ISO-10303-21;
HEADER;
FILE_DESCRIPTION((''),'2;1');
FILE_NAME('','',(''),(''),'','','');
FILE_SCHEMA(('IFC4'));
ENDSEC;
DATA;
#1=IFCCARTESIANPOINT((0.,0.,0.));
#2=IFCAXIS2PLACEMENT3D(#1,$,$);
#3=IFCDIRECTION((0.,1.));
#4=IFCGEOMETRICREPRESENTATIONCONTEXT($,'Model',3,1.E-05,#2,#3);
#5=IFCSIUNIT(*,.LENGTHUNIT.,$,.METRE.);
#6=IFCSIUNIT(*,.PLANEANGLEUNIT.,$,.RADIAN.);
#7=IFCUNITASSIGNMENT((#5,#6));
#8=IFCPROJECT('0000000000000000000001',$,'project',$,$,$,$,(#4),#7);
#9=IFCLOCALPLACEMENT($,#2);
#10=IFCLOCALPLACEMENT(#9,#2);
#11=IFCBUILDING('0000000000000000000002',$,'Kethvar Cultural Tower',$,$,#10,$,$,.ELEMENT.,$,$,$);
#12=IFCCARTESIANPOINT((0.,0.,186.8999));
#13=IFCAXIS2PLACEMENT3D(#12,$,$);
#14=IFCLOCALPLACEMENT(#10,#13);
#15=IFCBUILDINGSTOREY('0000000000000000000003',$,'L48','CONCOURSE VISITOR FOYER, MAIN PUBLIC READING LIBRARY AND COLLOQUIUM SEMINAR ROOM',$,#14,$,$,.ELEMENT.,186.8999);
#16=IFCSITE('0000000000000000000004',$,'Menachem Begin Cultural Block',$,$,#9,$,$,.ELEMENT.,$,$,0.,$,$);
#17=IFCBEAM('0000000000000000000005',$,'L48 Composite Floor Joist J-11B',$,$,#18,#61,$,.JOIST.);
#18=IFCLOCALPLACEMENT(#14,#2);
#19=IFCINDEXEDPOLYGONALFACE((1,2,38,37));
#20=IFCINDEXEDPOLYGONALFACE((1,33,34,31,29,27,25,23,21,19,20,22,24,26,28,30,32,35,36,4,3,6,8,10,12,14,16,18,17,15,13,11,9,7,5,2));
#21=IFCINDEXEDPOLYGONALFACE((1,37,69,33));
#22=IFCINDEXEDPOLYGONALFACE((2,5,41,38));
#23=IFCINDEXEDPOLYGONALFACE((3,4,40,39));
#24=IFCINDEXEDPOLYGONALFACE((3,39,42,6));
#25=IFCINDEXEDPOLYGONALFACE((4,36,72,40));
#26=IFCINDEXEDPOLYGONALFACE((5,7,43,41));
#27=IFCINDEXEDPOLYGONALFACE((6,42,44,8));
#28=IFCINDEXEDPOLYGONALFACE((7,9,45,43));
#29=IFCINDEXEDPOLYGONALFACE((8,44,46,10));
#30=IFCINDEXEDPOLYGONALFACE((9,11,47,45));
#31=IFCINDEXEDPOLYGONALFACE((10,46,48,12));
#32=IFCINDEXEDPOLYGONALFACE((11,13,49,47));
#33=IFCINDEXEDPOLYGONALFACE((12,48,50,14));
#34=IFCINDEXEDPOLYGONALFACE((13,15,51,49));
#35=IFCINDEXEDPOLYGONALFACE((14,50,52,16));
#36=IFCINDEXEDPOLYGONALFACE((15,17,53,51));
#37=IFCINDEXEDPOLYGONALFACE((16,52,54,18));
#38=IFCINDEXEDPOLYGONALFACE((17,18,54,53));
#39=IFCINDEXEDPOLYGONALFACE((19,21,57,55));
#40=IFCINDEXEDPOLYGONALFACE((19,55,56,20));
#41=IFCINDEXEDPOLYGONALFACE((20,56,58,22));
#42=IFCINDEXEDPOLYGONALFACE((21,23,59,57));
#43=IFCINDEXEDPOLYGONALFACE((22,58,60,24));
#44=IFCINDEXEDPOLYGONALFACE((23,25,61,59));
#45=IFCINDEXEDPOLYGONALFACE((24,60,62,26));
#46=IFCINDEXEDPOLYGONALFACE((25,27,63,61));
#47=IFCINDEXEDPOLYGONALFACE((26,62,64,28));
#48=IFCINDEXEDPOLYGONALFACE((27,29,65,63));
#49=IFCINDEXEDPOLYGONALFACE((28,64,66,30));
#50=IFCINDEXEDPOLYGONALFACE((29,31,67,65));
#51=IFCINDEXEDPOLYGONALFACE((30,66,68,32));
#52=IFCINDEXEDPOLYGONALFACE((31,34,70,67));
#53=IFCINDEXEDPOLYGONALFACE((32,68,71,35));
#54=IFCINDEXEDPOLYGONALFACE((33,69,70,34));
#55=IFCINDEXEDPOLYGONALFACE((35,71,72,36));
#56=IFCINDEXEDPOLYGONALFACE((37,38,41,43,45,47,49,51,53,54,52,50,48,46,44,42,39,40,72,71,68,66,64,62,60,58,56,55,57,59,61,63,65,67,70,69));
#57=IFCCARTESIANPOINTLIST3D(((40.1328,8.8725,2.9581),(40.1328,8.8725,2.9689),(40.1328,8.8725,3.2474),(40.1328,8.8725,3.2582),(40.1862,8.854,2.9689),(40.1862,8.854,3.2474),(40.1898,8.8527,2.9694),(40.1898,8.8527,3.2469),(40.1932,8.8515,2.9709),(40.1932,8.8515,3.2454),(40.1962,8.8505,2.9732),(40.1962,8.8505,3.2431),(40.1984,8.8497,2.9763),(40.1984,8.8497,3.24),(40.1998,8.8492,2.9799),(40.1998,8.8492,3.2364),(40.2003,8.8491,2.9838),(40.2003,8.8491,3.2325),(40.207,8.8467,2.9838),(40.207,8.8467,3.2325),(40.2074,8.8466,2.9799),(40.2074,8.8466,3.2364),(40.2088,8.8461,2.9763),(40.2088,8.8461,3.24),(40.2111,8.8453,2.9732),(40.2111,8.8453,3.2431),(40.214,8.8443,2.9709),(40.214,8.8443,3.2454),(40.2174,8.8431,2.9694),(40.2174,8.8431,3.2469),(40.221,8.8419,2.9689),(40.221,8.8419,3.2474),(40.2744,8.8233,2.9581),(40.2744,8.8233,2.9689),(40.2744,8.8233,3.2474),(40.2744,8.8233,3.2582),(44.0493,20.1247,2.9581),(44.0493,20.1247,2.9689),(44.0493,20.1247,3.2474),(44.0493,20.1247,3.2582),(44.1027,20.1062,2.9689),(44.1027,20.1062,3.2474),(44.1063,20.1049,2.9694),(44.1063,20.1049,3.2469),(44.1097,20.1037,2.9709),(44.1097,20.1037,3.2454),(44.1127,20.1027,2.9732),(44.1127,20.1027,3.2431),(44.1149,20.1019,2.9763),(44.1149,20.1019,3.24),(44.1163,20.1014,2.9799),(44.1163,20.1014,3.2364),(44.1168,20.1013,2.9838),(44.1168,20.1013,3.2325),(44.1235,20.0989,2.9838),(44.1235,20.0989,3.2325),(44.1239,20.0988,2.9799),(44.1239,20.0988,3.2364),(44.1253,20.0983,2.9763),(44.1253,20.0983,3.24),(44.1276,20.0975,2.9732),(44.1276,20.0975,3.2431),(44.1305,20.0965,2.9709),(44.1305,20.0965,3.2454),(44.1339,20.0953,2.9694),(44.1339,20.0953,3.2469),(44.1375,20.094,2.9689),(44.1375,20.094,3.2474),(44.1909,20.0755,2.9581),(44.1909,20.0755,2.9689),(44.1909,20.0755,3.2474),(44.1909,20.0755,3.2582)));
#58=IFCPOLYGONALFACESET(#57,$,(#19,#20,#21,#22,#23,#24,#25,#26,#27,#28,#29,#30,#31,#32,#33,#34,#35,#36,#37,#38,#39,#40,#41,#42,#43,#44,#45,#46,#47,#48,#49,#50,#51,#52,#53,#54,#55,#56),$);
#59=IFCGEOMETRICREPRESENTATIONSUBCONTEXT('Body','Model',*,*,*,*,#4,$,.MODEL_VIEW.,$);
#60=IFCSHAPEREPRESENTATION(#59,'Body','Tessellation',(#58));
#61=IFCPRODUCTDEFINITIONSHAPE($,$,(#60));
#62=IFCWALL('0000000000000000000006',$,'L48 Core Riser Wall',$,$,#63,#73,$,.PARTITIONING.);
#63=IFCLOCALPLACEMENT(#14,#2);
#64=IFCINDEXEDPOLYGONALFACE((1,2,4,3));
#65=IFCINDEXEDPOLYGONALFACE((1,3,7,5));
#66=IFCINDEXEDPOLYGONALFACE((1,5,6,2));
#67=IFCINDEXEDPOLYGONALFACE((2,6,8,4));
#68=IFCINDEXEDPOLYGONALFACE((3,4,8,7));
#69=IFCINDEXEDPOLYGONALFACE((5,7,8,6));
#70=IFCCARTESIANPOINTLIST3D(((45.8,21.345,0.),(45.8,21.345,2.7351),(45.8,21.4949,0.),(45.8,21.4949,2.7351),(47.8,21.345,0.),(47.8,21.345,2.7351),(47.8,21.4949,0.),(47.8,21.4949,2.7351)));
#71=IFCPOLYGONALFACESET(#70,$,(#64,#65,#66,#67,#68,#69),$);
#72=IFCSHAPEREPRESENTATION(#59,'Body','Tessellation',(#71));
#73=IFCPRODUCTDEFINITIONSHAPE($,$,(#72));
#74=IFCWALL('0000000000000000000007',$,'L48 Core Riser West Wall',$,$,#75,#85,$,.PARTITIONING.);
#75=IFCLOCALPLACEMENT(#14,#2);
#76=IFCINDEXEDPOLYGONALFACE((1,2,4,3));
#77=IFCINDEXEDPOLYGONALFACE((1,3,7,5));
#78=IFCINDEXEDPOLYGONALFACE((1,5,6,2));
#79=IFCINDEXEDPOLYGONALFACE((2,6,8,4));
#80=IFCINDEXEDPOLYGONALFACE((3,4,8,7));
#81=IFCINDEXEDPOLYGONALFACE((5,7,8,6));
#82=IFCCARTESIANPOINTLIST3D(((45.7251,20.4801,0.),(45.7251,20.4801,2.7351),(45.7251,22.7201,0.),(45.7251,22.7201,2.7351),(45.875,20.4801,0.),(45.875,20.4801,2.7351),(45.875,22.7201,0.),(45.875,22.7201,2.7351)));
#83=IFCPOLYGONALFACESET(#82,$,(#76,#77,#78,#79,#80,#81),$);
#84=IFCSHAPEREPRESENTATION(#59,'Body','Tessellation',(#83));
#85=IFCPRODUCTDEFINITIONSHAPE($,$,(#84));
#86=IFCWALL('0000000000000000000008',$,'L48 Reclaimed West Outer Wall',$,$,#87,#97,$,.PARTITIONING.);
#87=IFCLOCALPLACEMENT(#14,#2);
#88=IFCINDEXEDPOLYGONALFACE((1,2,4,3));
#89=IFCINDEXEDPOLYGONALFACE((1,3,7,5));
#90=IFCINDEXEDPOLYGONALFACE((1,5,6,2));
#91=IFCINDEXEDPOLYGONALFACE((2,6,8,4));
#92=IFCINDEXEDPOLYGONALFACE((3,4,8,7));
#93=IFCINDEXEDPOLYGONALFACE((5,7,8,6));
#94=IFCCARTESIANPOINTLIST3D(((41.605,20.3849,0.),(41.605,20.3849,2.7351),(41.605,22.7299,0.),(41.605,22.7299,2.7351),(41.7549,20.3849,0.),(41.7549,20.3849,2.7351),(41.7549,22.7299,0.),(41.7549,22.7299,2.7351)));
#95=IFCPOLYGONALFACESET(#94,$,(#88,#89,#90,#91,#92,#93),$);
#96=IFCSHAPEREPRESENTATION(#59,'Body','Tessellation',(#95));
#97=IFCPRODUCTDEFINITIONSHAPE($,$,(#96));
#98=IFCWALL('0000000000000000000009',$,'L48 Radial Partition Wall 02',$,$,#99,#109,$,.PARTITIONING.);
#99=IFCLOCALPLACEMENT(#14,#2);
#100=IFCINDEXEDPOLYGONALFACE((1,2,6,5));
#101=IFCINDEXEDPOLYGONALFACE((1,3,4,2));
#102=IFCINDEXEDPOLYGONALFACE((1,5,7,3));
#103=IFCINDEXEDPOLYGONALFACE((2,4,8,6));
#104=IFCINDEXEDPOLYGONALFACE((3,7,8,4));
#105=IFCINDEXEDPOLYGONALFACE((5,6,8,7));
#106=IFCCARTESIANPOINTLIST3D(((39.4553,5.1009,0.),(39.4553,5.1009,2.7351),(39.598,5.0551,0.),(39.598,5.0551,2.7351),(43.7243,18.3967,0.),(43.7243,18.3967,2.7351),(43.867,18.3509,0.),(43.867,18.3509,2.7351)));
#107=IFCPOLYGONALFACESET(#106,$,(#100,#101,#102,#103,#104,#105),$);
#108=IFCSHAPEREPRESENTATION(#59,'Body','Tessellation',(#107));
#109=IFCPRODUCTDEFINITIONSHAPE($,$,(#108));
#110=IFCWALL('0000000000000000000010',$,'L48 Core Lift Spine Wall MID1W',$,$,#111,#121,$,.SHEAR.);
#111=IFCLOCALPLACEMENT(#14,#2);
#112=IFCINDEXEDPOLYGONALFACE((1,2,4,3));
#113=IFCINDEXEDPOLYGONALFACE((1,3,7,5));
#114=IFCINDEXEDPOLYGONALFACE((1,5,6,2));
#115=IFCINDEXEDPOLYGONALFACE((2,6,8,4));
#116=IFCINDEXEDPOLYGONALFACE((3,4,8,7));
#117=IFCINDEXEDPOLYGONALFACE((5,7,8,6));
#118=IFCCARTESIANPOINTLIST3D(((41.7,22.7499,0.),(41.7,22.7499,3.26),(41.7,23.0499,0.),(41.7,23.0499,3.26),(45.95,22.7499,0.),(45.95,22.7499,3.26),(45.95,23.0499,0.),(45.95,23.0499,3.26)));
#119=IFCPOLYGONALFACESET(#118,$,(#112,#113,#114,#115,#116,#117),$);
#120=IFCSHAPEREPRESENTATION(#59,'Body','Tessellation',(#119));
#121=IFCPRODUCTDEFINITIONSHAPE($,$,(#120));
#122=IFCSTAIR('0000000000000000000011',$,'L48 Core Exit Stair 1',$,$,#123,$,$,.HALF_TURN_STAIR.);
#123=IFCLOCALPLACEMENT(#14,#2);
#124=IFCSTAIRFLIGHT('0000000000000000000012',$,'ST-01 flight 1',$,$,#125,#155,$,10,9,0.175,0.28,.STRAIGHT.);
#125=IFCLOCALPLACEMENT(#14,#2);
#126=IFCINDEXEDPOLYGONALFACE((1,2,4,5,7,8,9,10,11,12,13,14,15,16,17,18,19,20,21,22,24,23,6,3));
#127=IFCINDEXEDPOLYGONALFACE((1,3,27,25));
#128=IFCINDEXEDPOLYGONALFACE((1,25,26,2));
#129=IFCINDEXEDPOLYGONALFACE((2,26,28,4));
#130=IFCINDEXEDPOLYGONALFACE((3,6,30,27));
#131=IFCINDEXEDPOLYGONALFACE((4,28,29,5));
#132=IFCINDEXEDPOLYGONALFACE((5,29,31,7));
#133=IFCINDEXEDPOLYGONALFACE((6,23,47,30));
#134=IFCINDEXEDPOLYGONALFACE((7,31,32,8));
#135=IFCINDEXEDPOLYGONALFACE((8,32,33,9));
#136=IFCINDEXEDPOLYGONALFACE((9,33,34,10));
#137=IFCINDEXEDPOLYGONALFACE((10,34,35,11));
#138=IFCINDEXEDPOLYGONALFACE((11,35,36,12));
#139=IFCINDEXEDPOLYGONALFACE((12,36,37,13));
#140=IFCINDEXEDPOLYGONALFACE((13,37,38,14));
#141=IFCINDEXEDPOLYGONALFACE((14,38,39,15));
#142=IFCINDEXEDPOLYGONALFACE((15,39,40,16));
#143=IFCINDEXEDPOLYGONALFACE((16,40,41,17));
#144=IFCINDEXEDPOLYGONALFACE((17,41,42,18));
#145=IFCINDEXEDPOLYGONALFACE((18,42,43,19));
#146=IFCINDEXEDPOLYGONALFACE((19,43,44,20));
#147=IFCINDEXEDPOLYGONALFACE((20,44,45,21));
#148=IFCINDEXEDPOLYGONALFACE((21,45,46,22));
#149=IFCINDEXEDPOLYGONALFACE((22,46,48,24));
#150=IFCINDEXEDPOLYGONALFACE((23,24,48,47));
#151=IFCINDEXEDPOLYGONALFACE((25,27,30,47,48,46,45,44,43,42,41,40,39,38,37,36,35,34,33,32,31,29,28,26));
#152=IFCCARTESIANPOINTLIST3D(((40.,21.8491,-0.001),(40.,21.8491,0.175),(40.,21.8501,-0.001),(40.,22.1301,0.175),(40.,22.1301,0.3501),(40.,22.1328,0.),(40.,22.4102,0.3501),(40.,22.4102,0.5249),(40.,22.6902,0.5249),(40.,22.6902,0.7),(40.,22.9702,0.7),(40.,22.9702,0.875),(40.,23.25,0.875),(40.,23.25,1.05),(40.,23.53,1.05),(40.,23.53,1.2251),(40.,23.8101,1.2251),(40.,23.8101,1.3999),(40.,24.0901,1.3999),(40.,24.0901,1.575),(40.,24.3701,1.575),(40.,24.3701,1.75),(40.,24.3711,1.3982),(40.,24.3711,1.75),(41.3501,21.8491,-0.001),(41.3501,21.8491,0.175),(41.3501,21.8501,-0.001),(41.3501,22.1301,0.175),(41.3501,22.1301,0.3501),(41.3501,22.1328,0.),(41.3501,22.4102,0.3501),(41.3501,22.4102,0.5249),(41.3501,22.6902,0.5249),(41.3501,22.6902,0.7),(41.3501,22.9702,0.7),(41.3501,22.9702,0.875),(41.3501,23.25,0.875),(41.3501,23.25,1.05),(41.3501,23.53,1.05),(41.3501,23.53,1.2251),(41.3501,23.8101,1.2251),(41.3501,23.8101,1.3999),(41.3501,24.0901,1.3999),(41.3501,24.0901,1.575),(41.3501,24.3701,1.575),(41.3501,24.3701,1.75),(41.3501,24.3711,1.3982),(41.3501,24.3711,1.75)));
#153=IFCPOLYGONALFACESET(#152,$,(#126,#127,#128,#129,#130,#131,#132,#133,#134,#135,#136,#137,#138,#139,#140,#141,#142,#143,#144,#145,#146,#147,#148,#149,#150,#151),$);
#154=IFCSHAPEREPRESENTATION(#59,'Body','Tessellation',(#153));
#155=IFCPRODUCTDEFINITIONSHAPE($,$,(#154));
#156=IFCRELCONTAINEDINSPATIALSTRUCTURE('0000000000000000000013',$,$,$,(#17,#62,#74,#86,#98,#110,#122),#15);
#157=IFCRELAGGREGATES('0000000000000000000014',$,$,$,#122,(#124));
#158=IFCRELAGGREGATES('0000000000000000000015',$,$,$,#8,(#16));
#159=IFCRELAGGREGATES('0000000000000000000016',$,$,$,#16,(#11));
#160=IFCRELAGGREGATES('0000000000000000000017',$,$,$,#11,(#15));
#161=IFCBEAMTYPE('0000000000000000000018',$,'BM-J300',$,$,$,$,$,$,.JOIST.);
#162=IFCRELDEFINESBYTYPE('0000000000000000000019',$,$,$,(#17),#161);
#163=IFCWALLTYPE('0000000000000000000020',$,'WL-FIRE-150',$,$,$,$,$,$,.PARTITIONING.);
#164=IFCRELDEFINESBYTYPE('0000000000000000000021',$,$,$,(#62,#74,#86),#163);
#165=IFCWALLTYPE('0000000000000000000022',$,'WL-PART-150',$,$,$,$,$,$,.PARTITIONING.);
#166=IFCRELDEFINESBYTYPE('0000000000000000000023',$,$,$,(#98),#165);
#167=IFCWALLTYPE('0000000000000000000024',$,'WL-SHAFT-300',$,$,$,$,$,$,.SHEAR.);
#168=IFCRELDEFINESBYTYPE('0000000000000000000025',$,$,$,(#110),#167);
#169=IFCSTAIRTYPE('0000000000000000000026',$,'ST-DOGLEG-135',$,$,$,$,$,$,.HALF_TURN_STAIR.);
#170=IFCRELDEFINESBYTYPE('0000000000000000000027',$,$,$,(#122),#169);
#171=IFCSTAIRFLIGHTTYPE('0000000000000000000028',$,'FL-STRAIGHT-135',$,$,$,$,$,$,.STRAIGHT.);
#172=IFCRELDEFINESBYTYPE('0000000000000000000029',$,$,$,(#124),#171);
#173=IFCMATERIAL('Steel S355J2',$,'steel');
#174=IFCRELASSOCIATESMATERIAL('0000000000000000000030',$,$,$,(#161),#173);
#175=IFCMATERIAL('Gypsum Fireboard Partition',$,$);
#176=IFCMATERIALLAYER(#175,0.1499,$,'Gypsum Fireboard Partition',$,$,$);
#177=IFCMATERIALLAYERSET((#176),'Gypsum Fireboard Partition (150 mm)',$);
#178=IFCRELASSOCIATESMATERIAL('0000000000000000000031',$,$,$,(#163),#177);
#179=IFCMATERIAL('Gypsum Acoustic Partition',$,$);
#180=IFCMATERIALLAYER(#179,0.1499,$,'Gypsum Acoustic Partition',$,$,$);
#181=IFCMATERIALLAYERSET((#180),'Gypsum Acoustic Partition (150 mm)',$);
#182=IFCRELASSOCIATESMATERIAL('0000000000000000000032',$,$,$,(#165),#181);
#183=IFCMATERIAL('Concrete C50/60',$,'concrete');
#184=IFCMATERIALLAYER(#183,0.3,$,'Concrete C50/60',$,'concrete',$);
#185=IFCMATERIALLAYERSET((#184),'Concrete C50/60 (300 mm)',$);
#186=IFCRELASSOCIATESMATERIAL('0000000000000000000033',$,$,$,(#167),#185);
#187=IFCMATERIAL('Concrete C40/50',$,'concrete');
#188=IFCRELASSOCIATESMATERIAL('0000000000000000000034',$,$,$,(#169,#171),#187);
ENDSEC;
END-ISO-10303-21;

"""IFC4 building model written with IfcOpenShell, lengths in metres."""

from ifc_helpers import new_model, si_unit, direction, frame, frame_2d, origin, origin_2d, place, context, subcontext, project, spatial, polyline, rectangle, i_section, outline, extrude, source, transform, mapped, material, layer, layer_set, material_profile, profile_set, type_object, element, aggregate, save


model = new_model("IFC4")

# Units and contexts
model_context = context("Model", 3, precision=1e-05, world=origin(), true_north=direction((0.0, 1.0)))
body_context = subcontext(model_context, "Body", "Model", "MODEL_VIEW")
ifc_project = project(units=[si_unit("LENGTHUNIT", "METRE"), si_unit("PLANEANGLEUNIT", "RADIAN")], contexts=[model_context])

# Site, building, storey
site_placement = place(None, origin())
site = spatial("IfcSite", under=ifc_project, at=site_placement, Name="Menachem Begin Cultural Block", CompositionType="ELEMENT", RefElevation=0.0)
building_placement = place(site_placement, origin())
building = spatial("IfcBuilding", under=site, at=building_placement, Name="Kethvar Cultural Tower", CompositionType="ELEMENT")
storey_placement = place(building_placement, frame((0.0, 0.0, 186.8999)))
storey = spatial("IfcBuildingStorey", under=building, at=storey_placement, Name="L48", Description="CONCOURSE VISITOR FOYER, MAIN PUBLIC READING LIBRARY AND COLLOQUIUM SEMINAR ROOM", CompositionType="ELEMENT", Elevation=186.8999)

# Beam
ifc_material_1 = material(Name="Steel S355J2", Category="steel")
ifc_material_profile_1 = material_profile(ifc_material_1, i_section(OverallWidth=0.1499, OverallDepth=0.3, WebThickness=0.0071, FlangeThickness=0.0107, FilletRadius=0.0149, at=origin_2d()), Name="Steel S355J2 — IPE300")
ifc_profile_set_1 = profile_set([ifc_material_profile_1], Name="Steel S355J2 — IPE300")
beam_type_1 = type_object("IfcBeamType", Name="BM-J300", PredefinedType="JOIST", material=ifc_profile_set_1)
shared_shape_1 = source(origin(), body_context, "Body", "SweptSolid", [
    extrude(i_section(OverallWidth=0.1499, OverallDepth=0.3, WebThickness=0.0071, FlangeThickness=0.0107, FilletRadius=0.0149, at=origin_2d()), origin(), (0.0, 0.0, 1.0), 11.9143),
])
beam_1_placement = place(storey_placement, frame((44.1201, 20.1001, 3.1082), z_axis=(-0.328722, -0.944427, 0.0), x_axis=(0.944427, -0.328722, 0.0)))
element("IfcBeam", 1, at=beam_1_placement, inside=storey, type_object=beam_type_1, Name="L48 Composite Floor Joist J-11B", PredefinedType="JOIST", context=body_context, shape_type="MappedRepresentation", body=[
    mapped(shared_shape_1, transform((0.0, 0.0, 0.0), scale=1.0)),
])

# Walls
ifc_material_2 = material(Name="Gypsum Fireboard Partition")
ifc_layer_1 = layer(ifc_material_2, 0.1499, Name="Gypsum Fireboard Partition")
ifc_layer_set_1 = layer_set([ifc_layer_1], Name="Gypsum Fireboard Partition (150 mm)")
wall_type_1 = type_object("IfcWallType", Name="WL-FIRE-150", PredefinedType="PARTITIONING", material=ifc_layer_set_1)
wall_1_placement = place(storey_placement, frame((45.8, 21.4199, 0.0), z_axis=(0.0, 0.0, 1.0), x_axis=(1.0, 0.0, 0.0)))
element("IfcWall", 2, at=wall_1_placement, inside=storey, type_object=wall_type_1, Name="L48 Core Riser Wall", PredefinedType="PARTITIONING", context=body_context, shape_type="SweptSolid", body=[
    extrude(rectangle(XDim=2.0, YDim=0.1499, at=frame_2d((1.0, 0.0))), origin(), (0.0, 0.0, 1.0), 2.7351),
])
wall_2_placement = place(storey_placement, frame((45.8, 20.48, 0.0), z_axis=(0.0, 0.0, 1.0), x_axis=(0.0, 1.0, 0.0)))
element("IfcWall", 3, at=wall_2_placement, inside=storey, type_object=wall_type_1, Name="L48 Core Riser West Wall", PredefinedType="PARTITIONING", context=body_context, shape_type="SweptSolid", body=[
    extrude(rectangle(XDim=2.24, YDim=0.1499, at=frame_2d((1.1201, 0.0))), origin(), (0.0, 0.0, 1.0), 2.7351),
])
wall_3_placement = place(storey_placement, frame((41.6799, 20.385, 0.0), z_axis=(0.0, 0.0, 1.0), x_axis=(0.0, 1.0, 0.0)))
element("IfcWall", 4, at=wall_3_placement, inside=storey, type_object=wall_type_1, Name="L48 Reclaimed West Outer Wall", PredefinedType="PARTITIONING", context=body_context, shape_type="SweptSolid", body=[
    extrude(rectangle(XDim=2.345, YDim=0.1499, at=frame_2d((1.1724, 0.0))), origin(), (0.0, 0.0, 1.0), 2.7351),
])

# Walls
ifc_material_3 = material(Name="Gypsum Acoustic Partition")
ifc_layer_2 = layer(ifc_material_3, 0.1499, Name="Gypsum Acoustic Partition")
ifc_layer_set_2 = layer_set([ifc_layer_2], Name="Gypsum Acoustic Partition (150 mm)")
wall_type_2 = type_object("IfcWallType", Name="WL-PART-150", PredefinedType="PARTITIONING", material=ifc_layer_set_2)
wall_4_placement = place(storey_placement, frame((43.7957, 18.3738, 0.0), z_axis=(0.0, 0.0, 1.0), x_axis=(-0.305708, -0.952125, 0.0)))
element("IfcWall", 5, at=wall_4_placement, inside=storey, type_object=wall_type_2, Name="L48 Radial Partition Wall 02", PredefinedType="PARTITIONING", context=body_context, shape_type="SweptSolid", body=[
    extrude(rectangle(XDim=13.9644, YDim=0.1499, at=frame_2d((6.9822, 0.0))), origin(), (0.0, 0.0, 1.0), 2.7351),
])
ifc_material_4 = material(Name="Concrete C50/60", Category="concrete")
ifc_layer_3 = layer(ifc_material_4, 0.3, Name="Concrete C50/60", Category="concrete")
ifc_layer_set_3 = layer_set([ifc_layer_3], Name="Concrete C50/60 (300 mm)")
wall_type_3 = type_object("IfcWallType", Name="WL-SHAFT-300", PredefinedType="SHEAR", material=ifc_layer_set_3)
wall_5_placement = place(storey_placement, frame((41.7, 22.8999, 0.0), z_axis=(0.0, 0.0, 1.0), x_axis=(1.0, 0.0, 0.0)))
element("IfcWall", 6, at=wall_5_placement, inside=storey, type_object=wall_type_3, Name="L48 Core Lift Spine Wall MID1W", PredefinedType="SHEAR", context=body_context, shape_type="SweptSolid", body=[
    extrude(rectangle(XDim=4.25, YDim=0.3, at=frame_2d((2.125, 0.0))), origin(), (0.0, 0.0, 1.0), 3.26),
])

# Stair, stair flight
ifc_material_5 = material(Name="Concrete C40/50", Category="concrete")
stair_type = type_object("IfcStairType", Name="ST-DOGLEG-135", PredefinedType="HALF_TURN_STAIR", material=ifc_material_5)
stair_placement = place(storey_placement, origin())
stair = element("IfcStair", 7, at=stair_placement, inside=storey, type_object=stair_type, Name="L48 Core Exit Stair 1", PredefinedType="HALF_TURN_STAIR")
stair_flight_type = type_object("IfcStairFlightType", Name="FL-STRAIGHT-135", PredefinedType="STRAIGHT", material=ifc_material_5)
stair_flight_placement = place(storey_placement, frame((40.675, 21.8501, 0.0), z_axis=(0.0, 0.0, 1.0), x_axis=(0.0, 1.0, 0.0)))
stair_flight = element("IfcStairFlight", 8, at=stair_flight_placement, type_object=stair_flight_type, Name="ST-01 flight 1", NumberOfRisers=10, NumberOfTreads=9, PredefinedType="STRAIGHT", RiserHeight=0.175, TreadLength=0.28, context=body_context, shape_type="SweptSolid", body=[
    extrude(outline(polyline([(-0.001, -0.001), (-0.001, 0.175), (0.28, 0.175), (0.28, 0.3501), (0.5601, 0.3501), (0.5601, 0.5249), (0.8401, 0.5249), (0.8401, 0.7), (1.1201, 0.7), (1.1201, 0.875), (1.3999, 0.875), (1.3999, 1.05), (1.6799, 1.05), (1.6799, 1.2251), (1.96, 1.2251), (1.96, 1.3999), (2.24, 1.3999), (2.24, 1.575), (2.52, 1.575), (2.52, 1.75), (2.521, 1.75), (2.521, 1.3982), (0.2827, 0.0), (0.0, -0.001), (-0.001, -0.001)])), frame((0.0, 0.675, 0.0), z_axis=(0.0, -1.0, 0.0), x_axis=(1.0, 0.0, 0.0)), (0.0, 0.0, 1.0), 1.3501),
])
aggregate(stair, [stair_flight])

save(model, "model.ifc")
